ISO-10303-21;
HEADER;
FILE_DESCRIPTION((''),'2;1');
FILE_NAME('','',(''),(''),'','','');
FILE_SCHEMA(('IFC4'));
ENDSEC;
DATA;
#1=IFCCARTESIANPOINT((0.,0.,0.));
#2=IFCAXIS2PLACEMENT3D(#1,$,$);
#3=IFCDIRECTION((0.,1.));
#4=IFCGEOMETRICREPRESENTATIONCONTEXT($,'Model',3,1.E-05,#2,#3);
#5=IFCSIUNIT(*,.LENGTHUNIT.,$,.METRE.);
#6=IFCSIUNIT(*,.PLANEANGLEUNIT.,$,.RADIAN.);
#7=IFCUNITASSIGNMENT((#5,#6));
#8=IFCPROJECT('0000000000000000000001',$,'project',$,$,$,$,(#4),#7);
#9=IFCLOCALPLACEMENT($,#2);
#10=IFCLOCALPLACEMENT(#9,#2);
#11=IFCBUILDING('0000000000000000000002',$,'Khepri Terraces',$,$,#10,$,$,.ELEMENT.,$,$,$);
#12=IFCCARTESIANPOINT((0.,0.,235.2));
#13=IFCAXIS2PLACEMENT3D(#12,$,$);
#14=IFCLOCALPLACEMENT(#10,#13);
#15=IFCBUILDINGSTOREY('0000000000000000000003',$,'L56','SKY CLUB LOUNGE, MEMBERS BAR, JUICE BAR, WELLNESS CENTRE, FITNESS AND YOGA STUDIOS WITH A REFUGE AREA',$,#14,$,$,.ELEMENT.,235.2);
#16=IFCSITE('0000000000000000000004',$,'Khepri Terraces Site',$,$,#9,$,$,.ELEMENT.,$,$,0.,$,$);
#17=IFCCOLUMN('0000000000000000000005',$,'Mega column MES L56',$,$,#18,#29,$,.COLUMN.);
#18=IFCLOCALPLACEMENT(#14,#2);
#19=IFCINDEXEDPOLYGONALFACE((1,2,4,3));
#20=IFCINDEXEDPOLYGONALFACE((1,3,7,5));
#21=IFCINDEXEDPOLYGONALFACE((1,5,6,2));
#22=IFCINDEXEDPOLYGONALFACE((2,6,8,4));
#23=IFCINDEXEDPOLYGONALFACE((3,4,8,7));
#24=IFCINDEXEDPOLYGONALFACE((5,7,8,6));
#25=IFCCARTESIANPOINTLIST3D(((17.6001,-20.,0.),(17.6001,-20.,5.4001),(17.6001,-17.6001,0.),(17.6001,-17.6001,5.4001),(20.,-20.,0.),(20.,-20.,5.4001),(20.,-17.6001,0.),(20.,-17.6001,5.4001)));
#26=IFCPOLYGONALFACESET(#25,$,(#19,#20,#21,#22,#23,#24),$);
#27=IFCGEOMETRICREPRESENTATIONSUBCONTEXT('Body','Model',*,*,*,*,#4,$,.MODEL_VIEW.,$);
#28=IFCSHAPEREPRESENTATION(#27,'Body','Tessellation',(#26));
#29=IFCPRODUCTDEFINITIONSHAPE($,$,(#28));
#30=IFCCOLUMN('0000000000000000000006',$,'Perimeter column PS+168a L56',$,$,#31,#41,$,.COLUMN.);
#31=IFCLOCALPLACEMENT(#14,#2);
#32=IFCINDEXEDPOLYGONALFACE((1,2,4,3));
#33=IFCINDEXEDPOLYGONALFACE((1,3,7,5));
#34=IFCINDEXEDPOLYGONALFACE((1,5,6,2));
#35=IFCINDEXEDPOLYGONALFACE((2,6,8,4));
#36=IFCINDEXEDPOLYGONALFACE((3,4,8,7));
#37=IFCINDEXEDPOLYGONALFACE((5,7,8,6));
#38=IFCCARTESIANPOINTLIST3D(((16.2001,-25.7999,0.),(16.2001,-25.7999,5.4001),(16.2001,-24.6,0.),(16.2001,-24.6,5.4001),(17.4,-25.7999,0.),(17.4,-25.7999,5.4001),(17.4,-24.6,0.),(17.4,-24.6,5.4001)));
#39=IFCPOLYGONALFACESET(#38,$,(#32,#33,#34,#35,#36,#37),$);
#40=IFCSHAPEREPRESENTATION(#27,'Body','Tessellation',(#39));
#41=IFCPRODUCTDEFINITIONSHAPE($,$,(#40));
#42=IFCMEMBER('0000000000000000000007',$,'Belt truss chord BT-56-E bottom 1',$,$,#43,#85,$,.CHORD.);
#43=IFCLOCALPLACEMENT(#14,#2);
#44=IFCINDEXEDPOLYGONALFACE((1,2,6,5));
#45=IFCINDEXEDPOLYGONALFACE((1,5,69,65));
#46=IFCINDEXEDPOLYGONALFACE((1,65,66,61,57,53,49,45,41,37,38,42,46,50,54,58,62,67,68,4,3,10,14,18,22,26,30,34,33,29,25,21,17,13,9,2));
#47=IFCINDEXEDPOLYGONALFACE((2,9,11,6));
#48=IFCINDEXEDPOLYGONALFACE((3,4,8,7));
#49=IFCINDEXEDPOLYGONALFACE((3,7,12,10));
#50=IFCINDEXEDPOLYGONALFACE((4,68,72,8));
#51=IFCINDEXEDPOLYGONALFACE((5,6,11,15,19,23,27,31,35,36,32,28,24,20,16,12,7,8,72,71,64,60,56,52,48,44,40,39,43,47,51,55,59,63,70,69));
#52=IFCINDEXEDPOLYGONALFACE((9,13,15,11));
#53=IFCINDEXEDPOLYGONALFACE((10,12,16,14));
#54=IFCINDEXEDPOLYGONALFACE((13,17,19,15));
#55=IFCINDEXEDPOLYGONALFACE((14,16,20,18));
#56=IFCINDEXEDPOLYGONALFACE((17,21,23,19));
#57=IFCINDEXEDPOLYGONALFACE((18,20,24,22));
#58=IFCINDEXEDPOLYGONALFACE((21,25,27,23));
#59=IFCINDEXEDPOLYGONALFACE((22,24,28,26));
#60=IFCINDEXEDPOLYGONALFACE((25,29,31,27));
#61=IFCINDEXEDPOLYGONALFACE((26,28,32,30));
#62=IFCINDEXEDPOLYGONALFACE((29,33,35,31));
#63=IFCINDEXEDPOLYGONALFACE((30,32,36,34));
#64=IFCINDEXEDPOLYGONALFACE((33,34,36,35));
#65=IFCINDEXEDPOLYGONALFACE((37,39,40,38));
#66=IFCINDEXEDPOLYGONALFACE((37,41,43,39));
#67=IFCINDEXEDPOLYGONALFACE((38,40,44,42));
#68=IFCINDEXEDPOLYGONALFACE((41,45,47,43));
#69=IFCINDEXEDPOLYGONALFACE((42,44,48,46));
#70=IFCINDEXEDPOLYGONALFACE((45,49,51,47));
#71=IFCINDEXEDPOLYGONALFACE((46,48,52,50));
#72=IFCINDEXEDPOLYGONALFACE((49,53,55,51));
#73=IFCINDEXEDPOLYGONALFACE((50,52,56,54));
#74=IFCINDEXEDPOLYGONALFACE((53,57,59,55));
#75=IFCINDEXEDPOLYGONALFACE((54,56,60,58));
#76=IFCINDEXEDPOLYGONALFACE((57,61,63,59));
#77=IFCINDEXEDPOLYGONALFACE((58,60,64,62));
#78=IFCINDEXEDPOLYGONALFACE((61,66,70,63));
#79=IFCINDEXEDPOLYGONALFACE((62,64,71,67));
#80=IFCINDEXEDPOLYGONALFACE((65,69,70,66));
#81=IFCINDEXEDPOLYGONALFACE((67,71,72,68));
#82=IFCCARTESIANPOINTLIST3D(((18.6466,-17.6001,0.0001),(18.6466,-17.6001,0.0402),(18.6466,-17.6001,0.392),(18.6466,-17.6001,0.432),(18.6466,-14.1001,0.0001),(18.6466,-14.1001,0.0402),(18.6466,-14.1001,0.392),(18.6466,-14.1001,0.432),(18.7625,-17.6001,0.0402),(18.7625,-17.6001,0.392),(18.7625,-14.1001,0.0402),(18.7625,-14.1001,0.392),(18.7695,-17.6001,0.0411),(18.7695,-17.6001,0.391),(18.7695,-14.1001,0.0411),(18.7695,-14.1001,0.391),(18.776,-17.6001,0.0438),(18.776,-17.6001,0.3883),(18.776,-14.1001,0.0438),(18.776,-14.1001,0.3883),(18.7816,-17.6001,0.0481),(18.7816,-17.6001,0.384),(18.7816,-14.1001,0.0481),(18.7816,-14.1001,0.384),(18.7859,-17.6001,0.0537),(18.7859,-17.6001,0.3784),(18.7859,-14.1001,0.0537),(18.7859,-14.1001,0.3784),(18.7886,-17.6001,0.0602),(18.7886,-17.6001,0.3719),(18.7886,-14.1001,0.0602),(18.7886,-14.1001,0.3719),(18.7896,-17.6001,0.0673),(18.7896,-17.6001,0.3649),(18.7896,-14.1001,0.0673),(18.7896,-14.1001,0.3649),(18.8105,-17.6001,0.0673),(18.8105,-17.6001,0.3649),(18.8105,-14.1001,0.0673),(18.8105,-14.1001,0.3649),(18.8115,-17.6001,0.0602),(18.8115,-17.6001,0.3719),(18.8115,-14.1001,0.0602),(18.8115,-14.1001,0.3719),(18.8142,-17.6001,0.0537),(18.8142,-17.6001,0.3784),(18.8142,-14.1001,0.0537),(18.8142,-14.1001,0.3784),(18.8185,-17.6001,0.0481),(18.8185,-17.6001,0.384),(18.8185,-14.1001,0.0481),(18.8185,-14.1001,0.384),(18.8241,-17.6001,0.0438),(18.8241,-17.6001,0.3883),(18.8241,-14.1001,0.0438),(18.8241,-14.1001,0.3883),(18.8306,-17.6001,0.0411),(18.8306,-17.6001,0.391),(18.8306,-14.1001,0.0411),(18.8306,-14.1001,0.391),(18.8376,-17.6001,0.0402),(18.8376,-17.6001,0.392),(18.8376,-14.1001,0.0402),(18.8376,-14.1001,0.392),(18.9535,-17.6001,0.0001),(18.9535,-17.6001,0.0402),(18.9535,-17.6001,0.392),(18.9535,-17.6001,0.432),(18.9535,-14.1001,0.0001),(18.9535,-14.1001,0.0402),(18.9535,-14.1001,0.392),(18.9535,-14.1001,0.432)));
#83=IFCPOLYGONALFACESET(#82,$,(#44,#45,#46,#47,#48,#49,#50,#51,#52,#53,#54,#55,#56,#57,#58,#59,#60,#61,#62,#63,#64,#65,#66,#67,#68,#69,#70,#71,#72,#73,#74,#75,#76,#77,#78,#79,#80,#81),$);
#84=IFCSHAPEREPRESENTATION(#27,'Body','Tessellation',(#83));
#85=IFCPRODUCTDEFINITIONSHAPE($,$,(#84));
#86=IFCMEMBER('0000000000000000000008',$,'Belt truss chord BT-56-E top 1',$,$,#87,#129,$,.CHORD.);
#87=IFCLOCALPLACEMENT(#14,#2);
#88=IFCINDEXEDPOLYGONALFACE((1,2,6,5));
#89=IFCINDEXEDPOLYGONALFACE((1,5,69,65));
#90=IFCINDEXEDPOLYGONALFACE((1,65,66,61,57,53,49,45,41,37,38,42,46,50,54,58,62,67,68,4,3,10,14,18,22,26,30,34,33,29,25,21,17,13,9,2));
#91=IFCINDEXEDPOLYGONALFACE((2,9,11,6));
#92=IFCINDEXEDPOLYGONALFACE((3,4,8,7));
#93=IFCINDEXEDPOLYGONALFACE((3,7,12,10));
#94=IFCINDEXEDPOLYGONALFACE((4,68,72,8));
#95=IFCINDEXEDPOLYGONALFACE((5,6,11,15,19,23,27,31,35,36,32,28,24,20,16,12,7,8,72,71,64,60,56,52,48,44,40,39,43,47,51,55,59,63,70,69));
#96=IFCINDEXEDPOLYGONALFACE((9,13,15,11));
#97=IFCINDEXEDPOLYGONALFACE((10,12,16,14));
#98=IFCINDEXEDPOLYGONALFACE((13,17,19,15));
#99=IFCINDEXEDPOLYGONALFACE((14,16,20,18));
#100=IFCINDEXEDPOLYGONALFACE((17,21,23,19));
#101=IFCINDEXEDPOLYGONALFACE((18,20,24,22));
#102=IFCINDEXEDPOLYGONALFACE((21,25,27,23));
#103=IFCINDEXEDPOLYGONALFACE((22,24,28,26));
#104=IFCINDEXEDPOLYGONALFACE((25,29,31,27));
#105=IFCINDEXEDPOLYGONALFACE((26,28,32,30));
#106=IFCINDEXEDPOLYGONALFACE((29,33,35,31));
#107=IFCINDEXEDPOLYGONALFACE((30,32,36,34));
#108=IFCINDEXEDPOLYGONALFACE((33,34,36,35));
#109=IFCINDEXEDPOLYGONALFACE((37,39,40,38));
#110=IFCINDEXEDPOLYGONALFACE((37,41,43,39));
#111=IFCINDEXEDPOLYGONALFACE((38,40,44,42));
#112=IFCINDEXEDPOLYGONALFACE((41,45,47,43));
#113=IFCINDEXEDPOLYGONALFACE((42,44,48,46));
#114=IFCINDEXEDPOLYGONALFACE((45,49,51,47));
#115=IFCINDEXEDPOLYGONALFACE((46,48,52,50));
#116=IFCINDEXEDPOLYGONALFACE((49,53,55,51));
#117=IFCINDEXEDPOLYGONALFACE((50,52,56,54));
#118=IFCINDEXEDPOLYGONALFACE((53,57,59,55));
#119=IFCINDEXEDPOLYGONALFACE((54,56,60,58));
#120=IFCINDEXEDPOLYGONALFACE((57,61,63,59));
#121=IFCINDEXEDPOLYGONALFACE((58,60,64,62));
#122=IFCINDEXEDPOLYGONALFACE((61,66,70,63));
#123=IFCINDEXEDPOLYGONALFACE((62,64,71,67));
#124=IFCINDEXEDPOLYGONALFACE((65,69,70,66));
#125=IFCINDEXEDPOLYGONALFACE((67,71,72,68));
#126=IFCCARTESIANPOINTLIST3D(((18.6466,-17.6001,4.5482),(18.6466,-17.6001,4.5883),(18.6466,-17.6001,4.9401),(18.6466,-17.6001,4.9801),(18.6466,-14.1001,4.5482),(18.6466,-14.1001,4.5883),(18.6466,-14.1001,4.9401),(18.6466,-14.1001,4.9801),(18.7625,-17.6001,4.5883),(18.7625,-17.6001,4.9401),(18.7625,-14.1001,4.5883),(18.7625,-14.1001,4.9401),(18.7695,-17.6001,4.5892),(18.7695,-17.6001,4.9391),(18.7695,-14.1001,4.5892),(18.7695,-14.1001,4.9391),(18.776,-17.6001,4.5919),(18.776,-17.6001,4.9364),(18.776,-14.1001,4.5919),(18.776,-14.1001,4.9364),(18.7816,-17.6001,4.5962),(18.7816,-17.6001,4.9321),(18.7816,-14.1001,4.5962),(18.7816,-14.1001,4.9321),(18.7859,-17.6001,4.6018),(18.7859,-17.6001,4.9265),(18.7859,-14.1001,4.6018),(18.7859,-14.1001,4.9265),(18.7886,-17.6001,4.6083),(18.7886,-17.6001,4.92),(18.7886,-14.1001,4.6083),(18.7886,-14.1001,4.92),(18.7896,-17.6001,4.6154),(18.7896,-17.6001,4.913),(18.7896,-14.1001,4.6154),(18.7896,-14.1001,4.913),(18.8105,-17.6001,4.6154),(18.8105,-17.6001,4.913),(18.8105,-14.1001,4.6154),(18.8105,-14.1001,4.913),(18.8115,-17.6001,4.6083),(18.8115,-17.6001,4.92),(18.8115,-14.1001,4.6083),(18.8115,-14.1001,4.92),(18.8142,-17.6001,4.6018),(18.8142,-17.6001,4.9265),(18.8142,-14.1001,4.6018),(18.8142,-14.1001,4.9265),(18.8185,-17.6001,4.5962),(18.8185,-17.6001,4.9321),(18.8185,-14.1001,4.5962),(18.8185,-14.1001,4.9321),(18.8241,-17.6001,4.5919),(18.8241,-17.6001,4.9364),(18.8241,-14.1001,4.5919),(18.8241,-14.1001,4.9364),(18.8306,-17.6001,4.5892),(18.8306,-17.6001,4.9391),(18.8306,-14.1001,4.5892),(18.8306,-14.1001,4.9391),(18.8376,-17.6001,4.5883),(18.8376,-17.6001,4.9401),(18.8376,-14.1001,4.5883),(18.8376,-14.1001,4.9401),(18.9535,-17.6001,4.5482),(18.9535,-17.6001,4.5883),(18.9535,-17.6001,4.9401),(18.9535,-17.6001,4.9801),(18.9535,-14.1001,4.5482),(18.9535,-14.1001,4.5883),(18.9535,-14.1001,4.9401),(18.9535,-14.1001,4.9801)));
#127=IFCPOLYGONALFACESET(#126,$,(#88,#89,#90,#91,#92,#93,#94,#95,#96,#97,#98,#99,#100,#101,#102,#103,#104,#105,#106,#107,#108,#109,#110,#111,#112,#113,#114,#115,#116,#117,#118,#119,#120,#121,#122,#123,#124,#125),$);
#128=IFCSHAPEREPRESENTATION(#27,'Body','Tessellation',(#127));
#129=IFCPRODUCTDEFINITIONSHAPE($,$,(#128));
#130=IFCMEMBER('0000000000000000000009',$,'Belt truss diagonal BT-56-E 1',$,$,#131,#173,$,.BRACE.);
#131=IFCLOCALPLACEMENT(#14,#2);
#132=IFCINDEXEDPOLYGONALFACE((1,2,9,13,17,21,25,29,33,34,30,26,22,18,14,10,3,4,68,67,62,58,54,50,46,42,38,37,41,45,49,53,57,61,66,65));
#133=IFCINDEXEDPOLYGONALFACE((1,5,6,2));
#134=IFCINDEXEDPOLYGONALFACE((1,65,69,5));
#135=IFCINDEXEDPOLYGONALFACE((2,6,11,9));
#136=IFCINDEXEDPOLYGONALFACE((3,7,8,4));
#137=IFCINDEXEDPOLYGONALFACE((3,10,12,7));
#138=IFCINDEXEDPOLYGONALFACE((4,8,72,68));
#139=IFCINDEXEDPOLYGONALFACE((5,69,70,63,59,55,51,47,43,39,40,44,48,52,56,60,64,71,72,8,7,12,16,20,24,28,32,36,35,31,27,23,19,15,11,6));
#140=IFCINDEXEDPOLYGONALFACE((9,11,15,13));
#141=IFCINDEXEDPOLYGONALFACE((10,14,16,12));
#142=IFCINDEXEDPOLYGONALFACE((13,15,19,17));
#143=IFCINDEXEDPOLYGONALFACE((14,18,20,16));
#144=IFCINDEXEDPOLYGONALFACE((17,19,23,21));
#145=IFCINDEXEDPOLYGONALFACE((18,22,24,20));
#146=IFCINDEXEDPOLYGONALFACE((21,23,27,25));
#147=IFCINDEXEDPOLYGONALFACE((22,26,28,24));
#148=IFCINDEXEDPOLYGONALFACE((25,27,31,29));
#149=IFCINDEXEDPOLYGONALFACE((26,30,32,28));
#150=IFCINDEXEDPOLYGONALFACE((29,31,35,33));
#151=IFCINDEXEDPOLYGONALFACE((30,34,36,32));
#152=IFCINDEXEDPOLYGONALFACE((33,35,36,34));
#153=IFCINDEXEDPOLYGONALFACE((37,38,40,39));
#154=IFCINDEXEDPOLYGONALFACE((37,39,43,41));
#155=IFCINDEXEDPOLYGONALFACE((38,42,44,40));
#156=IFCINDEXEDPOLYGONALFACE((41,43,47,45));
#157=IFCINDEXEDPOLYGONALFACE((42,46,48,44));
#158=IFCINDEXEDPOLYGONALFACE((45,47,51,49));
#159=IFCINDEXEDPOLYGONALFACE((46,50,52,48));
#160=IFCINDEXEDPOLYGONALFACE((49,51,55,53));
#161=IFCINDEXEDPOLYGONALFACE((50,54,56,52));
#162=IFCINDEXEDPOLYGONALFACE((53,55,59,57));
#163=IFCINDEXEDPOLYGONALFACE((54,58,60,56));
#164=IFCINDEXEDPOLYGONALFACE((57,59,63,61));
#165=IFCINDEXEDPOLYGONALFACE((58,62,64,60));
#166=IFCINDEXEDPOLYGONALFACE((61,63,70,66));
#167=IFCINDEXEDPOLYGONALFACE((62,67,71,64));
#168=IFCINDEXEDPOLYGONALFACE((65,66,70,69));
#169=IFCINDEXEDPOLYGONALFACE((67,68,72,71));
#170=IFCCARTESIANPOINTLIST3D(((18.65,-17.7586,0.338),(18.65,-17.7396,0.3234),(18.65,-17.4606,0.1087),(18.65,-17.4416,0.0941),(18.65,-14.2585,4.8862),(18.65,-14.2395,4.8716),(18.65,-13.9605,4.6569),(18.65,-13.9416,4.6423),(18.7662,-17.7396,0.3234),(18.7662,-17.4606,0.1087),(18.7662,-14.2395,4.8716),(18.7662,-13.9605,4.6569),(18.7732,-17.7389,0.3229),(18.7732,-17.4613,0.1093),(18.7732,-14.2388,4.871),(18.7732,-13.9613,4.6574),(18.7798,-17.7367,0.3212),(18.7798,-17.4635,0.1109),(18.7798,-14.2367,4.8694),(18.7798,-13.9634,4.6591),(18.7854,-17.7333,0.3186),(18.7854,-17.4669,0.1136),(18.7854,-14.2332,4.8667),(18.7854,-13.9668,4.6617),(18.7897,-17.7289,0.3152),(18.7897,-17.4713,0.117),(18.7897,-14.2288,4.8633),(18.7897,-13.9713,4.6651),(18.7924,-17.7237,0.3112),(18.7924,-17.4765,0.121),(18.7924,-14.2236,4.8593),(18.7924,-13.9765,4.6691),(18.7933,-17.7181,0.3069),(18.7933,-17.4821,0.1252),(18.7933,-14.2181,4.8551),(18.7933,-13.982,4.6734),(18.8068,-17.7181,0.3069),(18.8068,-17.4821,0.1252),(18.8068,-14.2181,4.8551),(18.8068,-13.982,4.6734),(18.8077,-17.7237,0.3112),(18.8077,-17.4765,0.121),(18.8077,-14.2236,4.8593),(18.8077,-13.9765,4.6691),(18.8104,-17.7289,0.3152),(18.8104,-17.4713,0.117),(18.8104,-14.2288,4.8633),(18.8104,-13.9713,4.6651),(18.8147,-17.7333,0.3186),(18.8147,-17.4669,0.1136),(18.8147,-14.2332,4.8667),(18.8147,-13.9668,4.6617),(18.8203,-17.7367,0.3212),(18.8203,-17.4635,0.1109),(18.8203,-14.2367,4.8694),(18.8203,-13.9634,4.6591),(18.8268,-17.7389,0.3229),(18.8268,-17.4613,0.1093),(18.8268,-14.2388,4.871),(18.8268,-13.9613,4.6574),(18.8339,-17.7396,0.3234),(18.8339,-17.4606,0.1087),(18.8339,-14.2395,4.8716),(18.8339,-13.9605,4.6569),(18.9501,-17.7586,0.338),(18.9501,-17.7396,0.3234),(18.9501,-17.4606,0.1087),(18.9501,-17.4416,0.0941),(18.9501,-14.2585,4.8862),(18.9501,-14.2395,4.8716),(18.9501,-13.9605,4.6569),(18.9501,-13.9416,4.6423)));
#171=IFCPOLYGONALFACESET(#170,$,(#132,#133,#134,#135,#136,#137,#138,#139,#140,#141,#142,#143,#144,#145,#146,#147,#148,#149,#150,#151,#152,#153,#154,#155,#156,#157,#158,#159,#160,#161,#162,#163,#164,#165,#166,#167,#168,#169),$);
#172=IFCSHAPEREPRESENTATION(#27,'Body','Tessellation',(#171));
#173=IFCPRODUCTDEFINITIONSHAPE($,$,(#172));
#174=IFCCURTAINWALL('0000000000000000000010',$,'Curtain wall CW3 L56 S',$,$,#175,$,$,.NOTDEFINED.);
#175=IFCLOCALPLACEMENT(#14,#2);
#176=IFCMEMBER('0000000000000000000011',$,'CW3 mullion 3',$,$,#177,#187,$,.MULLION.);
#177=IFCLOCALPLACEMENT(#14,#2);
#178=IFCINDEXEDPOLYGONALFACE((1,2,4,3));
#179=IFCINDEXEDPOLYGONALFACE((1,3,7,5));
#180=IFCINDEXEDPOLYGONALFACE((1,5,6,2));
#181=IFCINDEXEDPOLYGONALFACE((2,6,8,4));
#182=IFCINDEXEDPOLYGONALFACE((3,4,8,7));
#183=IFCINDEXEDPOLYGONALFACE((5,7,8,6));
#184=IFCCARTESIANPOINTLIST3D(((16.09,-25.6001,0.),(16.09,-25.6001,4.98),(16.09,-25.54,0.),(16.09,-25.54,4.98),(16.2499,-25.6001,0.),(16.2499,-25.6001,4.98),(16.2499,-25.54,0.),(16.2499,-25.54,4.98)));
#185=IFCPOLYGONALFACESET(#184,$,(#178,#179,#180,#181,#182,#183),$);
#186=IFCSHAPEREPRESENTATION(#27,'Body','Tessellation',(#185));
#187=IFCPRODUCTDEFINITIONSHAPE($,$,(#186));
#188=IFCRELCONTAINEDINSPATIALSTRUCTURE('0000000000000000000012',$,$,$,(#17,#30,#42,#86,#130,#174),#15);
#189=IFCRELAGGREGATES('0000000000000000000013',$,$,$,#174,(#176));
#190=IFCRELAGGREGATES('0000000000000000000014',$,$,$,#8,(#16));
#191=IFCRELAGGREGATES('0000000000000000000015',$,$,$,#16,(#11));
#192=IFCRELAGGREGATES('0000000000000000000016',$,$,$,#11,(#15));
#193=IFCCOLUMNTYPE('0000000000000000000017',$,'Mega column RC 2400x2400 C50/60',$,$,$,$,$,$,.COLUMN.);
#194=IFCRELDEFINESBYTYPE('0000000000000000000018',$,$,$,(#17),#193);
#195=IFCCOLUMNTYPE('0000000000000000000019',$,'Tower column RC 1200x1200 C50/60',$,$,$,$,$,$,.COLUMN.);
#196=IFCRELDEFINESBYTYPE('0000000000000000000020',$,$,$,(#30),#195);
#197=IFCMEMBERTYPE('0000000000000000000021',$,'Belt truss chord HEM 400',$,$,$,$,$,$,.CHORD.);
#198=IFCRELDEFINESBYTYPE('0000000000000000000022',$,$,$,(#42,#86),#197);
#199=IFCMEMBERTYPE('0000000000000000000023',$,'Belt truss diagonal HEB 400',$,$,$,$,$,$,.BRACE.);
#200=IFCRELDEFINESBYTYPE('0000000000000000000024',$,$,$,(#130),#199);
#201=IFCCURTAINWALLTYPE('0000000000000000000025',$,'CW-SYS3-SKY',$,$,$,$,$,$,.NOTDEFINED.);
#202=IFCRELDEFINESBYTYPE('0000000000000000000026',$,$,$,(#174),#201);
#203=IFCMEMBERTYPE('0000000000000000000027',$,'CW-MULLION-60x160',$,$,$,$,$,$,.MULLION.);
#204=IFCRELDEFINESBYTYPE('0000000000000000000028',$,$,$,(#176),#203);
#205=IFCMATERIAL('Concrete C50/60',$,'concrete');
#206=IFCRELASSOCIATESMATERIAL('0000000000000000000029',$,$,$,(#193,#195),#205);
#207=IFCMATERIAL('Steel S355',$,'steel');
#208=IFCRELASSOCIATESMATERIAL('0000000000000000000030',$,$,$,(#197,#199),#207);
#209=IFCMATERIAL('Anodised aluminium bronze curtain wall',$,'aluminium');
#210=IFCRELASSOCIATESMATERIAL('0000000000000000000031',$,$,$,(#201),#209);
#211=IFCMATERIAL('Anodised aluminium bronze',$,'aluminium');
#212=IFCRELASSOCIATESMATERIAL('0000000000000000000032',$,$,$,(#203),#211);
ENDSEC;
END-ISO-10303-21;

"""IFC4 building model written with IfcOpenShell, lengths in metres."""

from ifc_helpers import new_model, si_unit, direction, frame, origin, origin_2d, place, context, subcontext, project, spatial, rectangle, i_section, extrude, material, material_profile, profile_set, type_object, element, aggregate, save


model = new_model("IFC4")

# Units and contexts
model_context = context("Model", 3, precision=1e-05, world=origin(), true_north=direction((0.0, 1.0)))
body_context = subcontext(model_context, "Body", "Model", "MODEL_VIEW")
ifc_project = project(units=[si_unit("LENGTHUNIT", "METRE"), si_unit("PLANEANGLEUNIT", "RADIAN")], contexts=[model_context])

# Site, building, storey
site_placement = place(None, origin())
site = spatial("IfcSite", under=ifc_project, at=site_placement, Name="Khepri Terraces Site", CompositionType="ELEMENT", RefElevation=0.0)
building_placement = place(site_placement, origin())
building = spatial("IfcBuilding", under=site, at=building_placement, Name="Khepri Terraces", CompositionType="ELEMENT")
storey_placement = place(building_placement, frame((0.0, 0.0, 235.2)))
storey = spatial("IfcBuildingStorey", under=building, at=storey_placement, Name="L56", Description="SKY CLUB LOUNGE, MEMBERS BAR, JUICE BAR, WELLNESS CENTRE, FITNESS AND YOGA STUDIOS WITH A REFUGE AREA", CompositionType="ELEMENT", Elevation=235.2)

# Columns
ifc_material_1 = material(Name="Concrete C50/60", Category="concrete")
ifc_material_profile_1 = material_profile(ifc_material_1, rectangle(XDim=2.3999, YDim=2.3999, at=origin_2d()), Name="Concrete C50/60", Category="concrete")
ifc_profile_set_1 = profile_set([ifc_material_profile_1], Name="Concrete C50/60")
column_type_1 = type_object("IfcColumnType", Name="Mega column RC 2400x2400 C50/60", PredefinedType="COLUMN", material=ifc_profile_set_1)
column_1_placement = place(storey_placement, frame((18.8, -18.8, 0.0), z_axis=(0.0, 0.0, 1.0), x_axis=(1.0, 0.0, 0.0)))
element("IfcColumn", 1, at=column_1_placement, inside=storey, type_object=column_type_1, Name="Mega column MES L56", PredefinedType="COLUMN", context=body_context, shape_type="SweptSolid", body=[
    extrude(rectangle(XDim=2.3999, YDim=2.3999, at=origin_2d()), origin(), (0.0, 0.0, 1.0), 5.4001),
])
ifc_material_profile_2 = material_profile(ifc_material_1, rectangle(XDim=1.2, YDim=1.2, at=origin_2d()), Name="Concrete C50/60", Category="concrete")
ifc_profile_set_2 = profile_set([ifc_material_profile_2], Name="Concrete C50/60")
column_type_2 = type_object("IfcColumnType", Name="Tower column RC 1200x1200 C50/60", PredefinedType="COLUMN", material=ifc_profile_set_2)
column_2_placement = place(storey_placement, frame((16.8, -25.2, 0.0), z_axis=(0.0, 0.0, 1.0), x_axis=(1.0, 0.0, 0.0)))
element("IfcColumn", 2, at=column_2_placement, inside=storey, type_object=column_type_2, Name="Perimeter column PS+168a L56", PredefinedType="COLUMN", context=body_context, shape_type="SweptSolid", body=[
    extrude(rectangle(XDim=1.2, YDim=1.2, at=origin_2d()), origin(), (0.0, 0.0, 1.0), 5.4001),
])

# Members
ifc_material_2 = material(Name="Steel S355", Category="steel")
ifc_material_profile_3 = material_profile(ifc_material_2, i_section(OverallWidth=0.3069, OverallDepth=0.4319, WebThickness=0.021, FlangeThickness=0.04, FilletRadius=0.0271, at=origin_2d()), Name="Steel S355", Category="steel")
ifc_profile_set_3 = profile_set([ifc_material_profile_3], Name="Steel S355")
member_type_1 = type_object("IfcMemberType", Name="Belt truss chord HEM 400", PredefinedType="CHORD", material=ifc_profile_set_3)
for number, where, z_axis, x_axis, name in (
    (3, (18.8, -17.6001, 0.2161), (0.0, 1.0, 0.0), (-1.0, 0.0, 0.0), "Belt truss chord BT-56-E bottom 1"),
    (4, (18.8, -17.6001, 4.7642), (0.0, 1.0, 0.0), (-1.0, 0.0, 0.0), "Belt truss chord BT-56-E top 1"),
):
    element("IfcMember", number, at=place(storey_placement, frame(where, z_axis=z_axis, x_axis=x_axis)), inside=storey, type_object=member_type_1, Name=name, PredefinedType="CHORD", context=body_context, shape_type="SweptSolid", body=[
        extrude(i_section(OverallWidth=0.3069, OverallDepth=0.4319, WebThickness=0.021, FlangeThickness=0.04, FilletRadius=0.0271, at=origin_2d()), origin(), (0.0, 0.0, 1.0), 3.5),
    ])
ifc_material_profile_4 = material_profile(ifc_material_2, i_section(OverallWidth=0.3, OverallDepth=0.3999, WebThickness=0.0134, FlangeThickness=0.0239, FilletRadius=0.0271, at=origin_2d()), Name="Steel S355", Category="steel")
ifc_profile_set_4 = profile_set([ifc_material_profile_4], Name="Steel S355")
member_type_2 = type_object("IfcMemberType", Name="Belt truss diagonal HEB 400", PredefinedType="BRACE", material=ifc_profile_set_4)
member_1_placement = place(storey_placement, frame((18.8, -17.6001, 0.2161), z_axis=(0.0, 0.609871, 0.792501), x_axis=(-1.0, 0.0, 0.0)))
element("IfcMember", 5, at=member_1_placement, inside=storey, type_object=member_type_2, Name="Belt truss diagonal BT-56-E 1", PredefinedType="BRACE", context=body_context, shape_type="SweptSolid", body=[
    extrude(i_section(OverallWidth=0.3, OverallDepth=0.3999, WebThickness=0.0134, FlangeThickness=0.0239, FilletRadius=0.0271, at=origin_2d()), origin(), (0.0, 0.0, 1.0), 5.739),
])

# Curtain wall, member
ifc_material_3 = material(Name="Anodised aluminium bronze curtain wall", Category="aluminium")
curtain_wall_type = type_object("IfcCurtainWallType", Name="CW-SYS3-SKY", PredefinedType="NOTDEFINED", material=ifc_material_3)
curtain_wall_1_placement = place(storey_placement, origin())
curtain_wall_1 = element("IfcCurtainWall", 6, at=curtain_wall_1_placement, inside=storey, type_object=curtain_wall_type, Name="Curtain wall CW3 L56 S", PredefinedType="NOTDEFINED")
ifc_material_4 = material(Name="Anodised aluminium bronze", Category="aluminium")
ifc_material_profile_5 = material_profile(ifc_material_4, rectangle(XDim=0.0601, YDim=0.1599, at=origin_2d()), Name="Anodised aluminium bronze", Category="aluminium")
ifc_profile_set_5 = profile_set([ifc_material_profile_5], Name="Anodised aluminium bronze")
member_type_3 = type_object("IfcMemberType", Name="CW-MULLION-60x160", PredefinedType="MULLION", material=ifc_profile_set_5)
member_2_placement = place(storey_placement, frame((16.1699, -25.5701, 0.0), z_axis=(0.0, 0.0, 1.0), x_axis=(0.0, 1.0, 0.0)))
member_2 = element("IfcMember", 7, at=member_2_placement, type_object=member_type_3, Name="CW3 mullion 3", PredefinedType="MULLION", context=body_context, shape_type="SweptSolid", body=[
    extrude(rectangle(XDim=0.0601, YDim=0.1599, at=origin_2d()), origin(), (0.0, 0.0, 1.0), 4.98),
])

aggregate(curtain_wall_1, [member_2])

save(model, "model.ifc")
